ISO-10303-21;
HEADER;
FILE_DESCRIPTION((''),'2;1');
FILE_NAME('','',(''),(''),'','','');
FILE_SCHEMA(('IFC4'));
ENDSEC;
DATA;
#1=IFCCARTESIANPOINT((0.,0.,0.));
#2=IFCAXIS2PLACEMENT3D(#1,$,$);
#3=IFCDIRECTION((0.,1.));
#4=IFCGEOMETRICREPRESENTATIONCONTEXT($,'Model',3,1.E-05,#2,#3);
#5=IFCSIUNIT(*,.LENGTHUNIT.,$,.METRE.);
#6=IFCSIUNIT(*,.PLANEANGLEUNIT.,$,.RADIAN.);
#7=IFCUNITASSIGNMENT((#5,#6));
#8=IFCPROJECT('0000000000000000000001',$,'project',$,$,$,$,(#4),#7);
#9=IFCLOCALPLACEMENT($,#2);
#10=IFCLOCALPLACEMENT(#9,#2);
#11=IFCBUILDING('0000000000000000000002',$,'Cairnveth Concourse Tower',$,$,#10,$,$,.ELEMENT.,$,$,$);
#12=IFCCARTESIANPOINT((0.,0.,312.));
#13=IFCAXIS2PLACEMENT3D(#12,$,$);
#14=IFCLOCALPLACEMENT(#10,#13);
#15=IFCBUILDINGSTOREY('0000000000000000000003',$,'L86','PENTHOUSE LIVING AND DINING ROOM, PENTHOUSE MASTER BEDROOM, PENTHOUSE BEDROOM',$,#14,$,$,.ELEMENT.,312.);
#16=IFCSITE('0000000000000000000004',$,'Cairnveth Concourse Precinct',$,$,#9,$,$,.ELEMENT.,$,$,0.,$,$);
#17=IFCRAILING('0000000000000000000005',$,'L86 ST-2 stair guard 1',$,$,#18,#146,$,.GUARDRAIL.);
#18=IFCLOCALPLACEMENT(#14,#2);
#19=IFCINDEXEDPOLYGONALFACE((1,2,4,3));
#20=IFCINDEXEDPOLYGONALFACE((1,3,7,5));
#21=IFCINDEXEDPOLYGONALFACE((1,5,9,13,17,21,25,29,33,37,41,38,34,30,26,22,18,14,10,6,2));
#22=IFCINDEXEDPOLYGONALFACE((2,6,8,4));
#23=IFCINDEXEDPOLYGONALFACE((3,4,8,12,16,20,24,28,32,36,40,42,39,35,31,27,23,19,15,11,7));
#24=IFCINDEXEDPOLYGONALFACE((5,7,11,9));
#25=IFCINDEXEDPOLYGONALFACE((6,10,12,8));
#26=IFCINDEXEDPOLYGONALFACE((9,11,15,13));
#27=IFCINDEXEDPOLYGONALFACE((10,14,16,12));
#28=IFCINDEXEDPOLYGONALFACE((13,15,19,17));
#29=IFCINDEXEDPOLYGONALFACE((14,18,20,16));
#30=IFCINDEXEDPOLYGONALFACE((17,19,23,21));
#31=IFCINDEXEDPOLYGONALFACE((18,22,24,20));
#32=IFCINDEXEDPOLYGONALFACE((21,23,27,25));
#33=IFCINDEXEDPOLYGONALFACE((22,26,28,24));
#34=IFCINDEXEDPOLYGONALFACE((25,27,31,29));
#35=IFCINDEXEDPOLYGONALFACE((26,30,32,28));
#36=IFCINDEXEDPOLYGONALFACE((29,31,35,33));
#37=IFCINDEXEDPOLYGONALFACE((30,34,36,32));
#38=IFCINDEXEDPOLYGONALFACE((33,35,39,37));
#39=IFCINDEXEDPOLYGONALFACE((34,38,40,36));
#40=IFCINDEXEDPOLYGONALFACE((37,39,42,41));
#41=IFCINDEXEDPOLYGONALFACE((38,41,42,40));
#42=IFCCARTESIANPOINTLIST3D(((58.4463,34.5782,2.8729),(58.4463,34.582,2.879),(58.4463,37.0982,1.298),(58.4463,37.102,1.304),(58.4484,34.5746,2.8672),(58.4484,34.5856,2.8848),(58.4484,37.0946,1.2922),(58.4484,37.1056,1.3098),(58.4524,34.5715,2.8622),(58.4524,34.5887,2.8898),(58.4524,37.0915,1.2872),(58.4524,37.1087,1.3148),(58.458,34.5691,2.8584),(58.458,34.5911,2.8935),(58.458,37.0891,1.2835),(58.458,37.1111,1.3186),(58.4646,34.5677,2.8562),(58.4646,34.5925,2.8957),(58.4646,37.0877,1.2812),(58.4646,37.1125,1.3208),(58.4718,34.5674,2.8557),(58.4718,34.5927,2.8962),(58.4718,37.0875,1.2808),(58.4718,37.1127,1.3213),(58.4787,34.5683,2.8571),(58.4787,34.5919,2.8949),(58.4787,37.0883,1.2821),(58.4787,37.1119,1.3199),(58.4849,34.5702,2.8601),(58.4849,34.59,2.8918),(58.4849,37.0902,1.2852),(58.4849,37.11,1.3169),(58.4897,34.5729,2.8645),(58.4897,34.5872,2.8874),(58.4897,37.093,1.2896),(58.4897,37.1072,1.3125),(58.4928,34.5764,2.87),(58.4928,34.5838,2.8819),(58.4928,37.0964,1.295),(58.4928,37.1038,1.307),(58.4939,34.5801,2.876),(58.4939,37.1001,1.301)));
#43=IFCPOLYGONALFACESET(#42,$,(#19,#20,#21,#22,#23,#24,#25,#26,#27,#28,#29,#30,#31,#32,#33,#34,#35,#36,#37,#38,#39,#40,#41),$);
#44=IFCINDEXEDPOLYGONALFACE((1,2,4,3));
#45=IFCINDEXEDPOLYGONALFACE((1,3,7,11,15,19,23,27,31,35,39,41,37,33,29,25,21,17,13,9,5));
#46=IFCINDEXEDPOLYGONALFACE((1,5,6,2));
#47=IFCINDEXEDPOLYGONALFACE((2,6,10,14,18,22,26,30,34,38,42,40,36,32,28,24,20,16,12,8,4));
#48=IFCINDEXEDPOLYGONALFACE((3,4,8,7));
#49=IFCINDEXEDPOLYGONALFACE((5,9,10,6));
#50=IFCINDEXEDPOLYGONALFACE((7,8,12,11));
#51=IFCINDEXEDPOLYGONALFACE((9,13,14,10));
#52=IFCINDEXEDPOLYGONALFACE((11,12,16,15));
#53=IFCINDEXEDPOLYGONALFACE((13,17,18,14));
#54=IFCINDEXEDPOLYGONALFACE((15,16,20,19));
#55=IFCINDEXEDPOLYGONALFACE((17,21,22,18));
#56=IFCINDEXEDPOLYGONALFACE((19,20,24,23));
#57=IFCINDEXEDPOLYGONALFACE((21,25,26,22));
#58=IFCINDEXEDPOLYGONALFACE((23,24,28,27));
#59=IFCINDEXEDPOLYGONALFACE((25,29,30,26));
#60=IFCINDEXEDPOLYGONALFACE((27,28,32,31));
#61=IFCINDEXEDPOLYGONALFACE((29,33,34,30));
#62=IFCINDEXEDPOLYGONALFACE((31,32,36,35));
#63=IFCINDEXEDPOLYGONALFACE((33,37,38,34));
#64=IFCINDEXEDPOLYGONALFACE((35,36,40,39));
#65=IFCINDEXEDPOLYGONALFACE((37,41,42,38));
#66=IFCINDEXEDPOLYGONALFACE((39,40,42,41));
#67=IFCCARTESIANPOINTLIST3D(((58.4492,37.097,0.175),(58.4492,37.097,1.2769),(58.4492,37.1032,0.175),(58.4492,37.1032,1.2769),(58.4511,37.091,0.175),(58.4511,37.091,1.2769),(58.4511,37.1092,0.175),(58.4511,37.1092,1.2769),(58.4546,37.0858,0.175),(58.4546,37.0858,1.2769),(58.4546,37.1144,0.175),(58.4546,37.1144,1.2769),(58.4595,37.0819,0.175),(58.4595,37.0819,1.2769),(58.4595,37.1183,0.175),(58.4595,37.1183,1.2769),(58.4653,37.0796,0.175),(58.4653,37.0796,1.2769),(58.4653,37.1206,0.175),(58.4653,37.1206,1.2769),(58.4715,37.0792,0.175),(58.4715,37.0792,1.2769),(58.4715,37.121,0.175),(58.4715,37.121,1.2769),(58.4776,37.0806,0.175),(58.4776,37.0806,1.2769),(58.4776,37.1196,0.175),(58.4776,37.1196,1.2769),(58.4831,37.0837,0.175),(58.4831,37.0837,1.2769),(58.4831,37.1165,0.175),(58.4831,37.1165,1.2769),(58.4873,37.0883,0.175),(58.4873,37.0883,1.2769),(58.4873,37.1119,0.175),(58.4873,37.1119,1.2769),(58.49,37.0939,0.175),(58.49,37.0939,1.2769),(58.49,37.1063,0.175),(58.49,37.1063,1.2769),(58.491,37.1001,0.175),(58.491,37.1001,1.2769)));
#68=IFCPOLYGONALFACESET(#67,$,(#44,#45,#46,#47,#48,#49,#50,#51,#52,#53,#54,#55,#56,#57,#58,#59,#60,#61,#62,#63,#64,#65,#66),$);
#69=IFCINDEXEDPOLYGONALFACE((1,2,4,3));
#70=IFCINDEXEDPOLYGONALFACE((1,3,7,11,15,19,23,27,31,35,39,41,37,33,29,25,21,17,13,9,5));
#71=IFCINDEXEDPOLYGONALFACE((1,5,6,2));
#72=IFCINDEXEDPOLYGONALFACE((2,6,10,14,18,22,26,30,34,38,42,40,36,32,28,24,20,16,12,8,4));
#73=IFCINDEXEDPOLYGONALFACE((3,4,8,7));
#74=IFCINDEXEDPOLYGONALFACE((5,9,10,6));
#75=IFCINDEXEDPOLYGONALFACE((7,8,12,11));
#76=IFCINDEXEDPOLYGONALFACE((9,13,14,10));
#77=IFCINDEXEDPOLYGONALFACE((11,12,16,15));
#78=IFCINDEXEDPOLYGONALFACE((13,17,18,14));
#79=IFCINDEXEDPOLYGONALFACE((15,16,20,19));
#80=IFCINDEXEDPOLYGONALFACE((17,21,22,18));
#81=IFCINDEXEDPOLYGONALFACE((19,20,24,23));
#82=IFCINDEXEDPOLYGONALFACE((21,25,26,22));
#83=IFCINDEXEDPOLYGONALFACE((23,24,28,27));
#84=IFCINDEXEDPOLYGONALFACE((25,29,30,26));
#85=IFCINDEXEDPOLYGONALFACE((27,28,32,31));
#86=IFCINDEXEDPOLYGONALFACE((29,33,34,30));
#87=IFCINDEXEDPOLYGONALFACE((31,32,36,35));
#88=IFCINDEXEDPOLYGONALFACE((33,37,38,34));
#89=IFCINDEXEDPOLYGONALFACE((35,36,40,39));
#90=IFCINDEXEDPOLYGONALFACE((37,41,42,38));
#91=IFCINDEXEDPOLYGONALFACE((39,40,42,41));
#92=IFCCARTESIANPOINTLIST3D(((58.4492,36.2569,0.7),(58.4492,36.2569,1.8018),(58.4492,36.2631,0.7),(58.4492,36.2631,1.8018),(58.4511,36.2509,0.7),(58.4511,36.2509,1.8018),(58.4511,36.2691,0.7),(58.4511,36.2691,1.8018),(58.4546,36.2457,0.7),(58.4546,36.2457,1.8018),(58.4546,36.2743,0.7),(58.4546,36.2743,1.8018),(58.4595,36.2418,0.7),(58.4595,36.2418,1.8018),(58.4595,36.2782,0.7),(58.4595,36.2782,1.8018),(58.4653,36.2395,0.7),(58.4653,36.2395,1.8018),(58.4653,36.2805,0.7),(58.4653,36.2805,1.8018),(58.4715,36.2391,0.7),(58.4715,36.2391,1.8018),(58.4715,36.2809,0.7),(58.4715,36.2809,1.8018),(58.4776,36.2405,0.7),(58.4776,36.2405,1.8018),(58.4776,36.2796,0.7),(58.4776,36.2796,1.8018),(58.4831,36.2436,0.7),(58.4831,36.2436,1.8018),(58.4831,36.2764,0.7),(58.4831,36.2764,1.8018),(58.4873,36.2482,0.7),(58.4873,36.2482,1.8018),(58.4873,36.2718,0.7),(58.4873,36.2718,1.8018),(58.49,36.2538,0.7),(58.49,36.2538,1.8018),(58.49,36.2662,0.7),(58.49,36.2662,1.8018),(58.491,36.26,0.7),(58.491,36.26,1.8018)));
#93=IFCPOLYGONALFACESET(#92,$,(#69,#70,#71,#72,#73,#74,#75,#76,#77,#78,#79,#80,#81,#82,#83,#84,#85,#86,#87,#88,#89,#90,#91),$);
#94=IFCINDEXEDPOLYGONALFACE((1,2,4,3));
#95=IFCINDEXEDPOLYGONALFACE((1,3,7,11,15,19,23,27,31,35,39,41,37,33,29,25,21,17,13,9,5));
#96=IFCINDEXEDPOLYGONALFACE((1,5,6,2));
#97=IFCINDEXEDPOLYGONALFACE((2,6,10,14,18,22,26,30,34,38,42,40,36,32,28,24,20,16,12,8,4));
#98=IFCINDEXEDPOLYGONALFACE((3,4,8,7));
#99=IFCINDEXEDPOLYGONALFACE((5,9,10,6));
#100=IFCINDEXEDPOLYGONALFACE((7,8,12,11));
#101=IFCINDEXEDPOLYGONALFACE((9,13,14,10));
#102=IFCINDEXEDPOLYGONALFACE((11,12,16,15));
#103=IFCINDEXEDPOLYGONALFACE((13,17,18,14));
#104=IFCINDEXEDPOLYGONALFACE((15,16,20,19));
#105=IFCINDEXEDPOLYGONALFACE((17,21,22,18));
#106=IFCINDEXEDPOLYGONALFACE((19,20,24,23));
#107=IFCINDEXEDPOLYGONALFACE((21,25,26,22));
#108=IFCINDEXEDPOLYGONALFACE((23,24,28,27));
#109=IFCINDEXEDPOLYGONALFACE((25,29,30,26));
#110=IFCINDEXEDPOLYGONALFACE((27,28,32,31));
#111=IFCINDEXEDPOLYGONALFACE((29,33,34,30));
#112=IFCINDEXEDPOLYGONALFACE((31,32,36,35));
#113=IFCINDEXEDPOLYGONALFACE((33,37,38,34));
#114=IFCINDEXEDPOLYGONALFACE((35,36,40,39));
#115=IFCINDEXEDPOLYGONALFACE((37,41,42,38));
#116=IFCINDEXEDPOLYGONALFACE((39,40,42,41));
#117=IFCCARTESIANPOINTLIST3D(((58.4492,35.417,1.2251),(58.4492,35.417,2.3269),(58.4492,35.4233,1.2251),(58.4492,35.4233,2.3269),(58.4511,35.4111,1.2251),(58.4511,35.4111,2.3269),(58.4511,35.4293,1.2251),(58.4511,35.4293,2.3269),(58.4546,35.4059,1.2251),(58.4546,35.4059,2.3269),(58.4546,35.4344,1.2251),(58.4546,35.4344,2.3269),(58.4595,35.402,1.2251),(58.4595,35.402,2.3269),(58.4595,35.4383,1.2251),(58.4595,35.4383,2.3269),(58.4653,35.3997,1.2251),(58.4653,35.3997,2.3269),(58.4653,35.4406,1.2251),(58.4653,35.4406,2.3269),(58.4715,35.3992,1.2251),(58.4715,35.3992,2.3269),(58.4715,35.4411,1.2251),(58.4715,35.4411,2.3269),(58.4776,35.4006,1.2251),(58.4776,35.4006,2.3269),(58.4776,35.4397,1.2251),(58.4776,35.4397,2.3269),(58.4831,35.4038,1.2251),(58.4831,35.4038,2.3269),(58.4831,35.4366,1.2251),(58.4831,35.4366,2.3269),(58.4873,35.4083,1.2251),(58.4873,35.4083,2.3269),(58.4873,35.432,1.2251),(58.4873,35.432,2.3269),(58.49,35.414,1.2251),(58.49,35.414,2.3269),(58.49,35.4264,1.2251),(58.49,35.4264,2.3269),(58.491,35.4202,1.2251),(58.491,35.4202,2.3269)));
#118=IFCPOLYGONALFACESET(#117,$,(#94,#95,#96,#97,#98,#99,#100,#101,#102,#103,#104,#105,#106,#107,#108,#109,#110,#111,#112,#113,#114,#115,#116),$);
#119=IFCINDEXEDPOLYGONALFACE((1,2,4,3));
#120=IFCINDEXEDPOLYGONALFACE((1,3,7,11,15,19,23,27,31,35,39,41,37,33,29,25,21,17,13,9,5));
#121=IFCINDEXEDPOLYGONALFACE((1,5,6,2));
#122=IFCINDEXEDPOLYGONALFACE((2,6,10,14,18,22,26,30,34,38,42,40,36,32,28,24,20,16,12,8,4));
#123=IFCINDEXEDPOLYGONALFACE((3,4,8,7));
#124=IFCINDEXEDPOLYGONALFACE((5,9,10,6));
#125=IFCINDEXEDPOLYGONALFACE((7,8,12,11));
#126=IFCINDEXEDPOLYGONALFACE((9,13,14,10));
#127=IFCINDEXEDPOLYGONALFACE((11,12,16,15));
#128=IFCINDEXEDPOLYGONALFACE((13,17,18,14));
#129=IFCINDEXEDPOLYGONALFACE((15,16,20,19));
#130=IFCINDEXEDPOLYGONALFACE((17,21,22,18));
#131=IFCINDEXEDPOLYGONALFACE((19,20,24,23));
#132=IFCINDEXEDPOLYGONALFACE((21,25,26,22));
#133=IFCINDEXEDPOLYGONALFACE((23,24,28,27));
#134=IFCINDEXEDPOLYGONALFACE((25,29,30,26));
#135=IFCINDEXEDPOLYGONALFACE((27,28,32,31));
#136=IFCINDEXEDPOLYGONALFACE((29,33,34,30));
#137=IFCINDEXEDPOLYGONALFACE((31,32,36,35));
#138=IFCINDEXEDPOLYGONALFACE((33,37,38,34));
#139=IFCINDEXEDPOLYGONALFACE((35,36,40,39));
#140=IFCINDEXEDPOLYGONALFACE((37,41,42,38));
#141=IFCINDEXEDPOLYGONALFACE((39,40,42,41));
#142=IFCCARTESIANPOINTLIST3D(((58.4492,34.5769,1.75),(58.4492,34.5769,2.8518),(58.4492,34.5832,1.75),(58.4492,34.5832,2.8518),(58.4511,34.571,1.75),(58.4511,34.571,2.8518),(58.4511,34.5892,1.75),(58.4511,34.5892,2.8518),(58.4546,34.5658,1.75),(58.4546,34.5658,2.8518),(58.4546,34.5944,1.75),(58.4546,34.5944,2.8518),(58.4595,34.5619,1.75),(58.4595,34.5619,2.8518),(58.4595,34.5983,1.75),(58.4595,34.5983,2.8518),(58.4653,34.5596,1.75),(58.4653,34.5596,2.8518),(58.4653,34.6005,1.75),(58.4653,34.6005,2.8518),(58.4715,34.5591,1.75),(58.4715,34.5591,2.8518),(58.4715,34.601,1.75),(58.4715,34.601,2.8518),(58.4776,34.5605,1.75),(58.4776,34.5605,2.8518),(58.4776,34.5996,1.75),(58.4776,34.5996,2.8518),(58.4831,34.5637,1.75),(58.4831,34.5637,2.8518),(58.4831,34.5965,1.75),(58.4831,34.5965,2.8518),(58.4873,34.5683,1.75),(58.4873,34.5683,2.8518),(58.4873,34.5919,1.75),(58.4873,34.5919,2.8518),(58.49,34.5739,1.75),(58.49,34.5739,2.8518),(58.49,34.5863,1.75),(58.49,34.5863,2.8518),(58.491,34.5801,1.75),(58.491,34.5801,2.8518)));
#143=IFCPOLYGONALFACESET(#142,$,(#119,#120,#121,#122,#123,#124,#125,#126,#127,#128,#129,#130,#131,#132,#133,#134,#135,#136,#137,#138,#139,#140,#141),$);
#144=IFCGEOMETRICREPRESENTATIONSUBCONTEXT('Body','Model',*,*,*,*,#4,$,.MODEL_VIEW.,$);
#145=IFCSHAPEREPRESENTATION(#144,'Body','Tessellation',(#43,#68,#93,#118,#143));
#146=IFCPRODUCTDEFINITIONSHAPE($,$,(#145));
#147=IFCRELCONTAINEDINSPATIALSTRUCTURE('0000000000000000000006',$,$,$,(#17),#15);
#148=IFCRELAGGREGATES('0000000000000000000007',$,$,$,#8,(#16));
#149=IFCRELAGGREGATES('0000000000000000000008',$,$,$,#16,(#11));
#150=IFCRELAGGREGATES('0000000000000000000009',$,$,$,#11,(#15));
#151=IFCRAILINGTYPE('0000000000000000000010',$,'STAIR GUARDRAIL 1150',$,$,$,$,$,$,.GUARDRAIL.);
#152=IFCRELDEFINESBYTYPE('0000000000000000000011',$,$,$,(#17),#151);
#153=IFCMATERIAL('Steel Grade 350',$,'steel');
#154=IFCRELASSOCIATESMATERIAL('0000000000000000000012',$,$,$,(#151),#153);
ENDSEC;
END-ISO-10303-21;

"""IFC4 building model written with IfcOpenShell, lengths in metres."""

from ifc_helpers import new_model, si_unit, direction, frame, origin, origin_2d, place, context, subcontext, project, spatial, circle, extrude, material, type_object, element, save


model = new_model("IFC4")

# Units and contexts
model_context = context("Model", 3, precision=1e-05, world=origin(), true_north=direction((0.0, 1.0)))
body_context = subcontext(model_context, "Body", "Model", "MODEL_VIEW")
ifc_project = project(units=[si_unit("LENGTHUNIT", "METRE"), si_unit("PLANEANGLEUNIT", "RADIAN")], contexts=[model_context])

# Site, building, storey
site_placement = place(None, origin())
site = spatial("IfcSite", under=ifc_project, at=site_placement, Name="Cairnveth Concourse Precinct", CompositionType="ELEMENT", RefElevation=0.0)
building_placement = place(site_placement, origin())
building = spatial("IfcBuilding", under=site, at=building_placement, Name="Cairnveth Concourse Tower", CompositionType="ELEMENT")
storey_placement = place(building_placement, frame((0.0, 0.0, 312.0)))
storey = spatial("IfcBuildingStorey", under=building, at=storey_placement, Name="L86", Description="PENTHOUSE LIVING AND DINING ROOM, PENTHOUSE MASTER BEDROOM, PENTHOUSE BEDROOM", CompositionType="ELEMENT", Elevation=312.0)

# Shared definitions
ifc_material_1 = material(Name="Steel Grade 350", Category="steel")

# Railing
railing_type_1 = type_object("IfcRailingType", Name="STAIR GUARDRAIL 1150", PredefinedType="GUARDRAIL", material=ifc_material_1)
railing_1_placement = place(storey_placement, frame((58.47, 37.1001, 0.175)))
element("IfcRailing", 1, at=railing_1_placement, inside=storey, type_object=railing_type_1, Name="L86 ST-2 stair guard 1", PredefinedType="GUARDRAIL", context=body_context, shape_type="SweptSolid", body=[
    extrude(circle(Radius=0.0239, at=origin_2d()), frame((0.0, 0.0, 1.126), z_axis=(0.0, -0.848008, 0.529984), x_axis=(1.0, 0.0, 0.0)), (0.0, 0.0, 1.0), 2.9717),
    extrude(circle(Radius=0.021, at=origin_2d()), origin(), (0.0, 0.0, 1.0), 1.1018),
    extrude(circle(Radius=0.021, at=origin_2d()), frame((0.0, -0.8401, 0.5249)), (0.0, 0.0, 1.0), 1.1018),
    extrude(circle(Radius=0.021, at=origin_2d()), frame((0.0, -1.6799, 1.05)), (0.0, 0.0, 1.0), 1.1018),
    extrude(circle(Radius=0.021, at=origin_2d()), frame((0.0, -2.52, 1.575)), (0.0, 0.0, 1.0), 1.1018),
])

save(model, "model.ifc")
